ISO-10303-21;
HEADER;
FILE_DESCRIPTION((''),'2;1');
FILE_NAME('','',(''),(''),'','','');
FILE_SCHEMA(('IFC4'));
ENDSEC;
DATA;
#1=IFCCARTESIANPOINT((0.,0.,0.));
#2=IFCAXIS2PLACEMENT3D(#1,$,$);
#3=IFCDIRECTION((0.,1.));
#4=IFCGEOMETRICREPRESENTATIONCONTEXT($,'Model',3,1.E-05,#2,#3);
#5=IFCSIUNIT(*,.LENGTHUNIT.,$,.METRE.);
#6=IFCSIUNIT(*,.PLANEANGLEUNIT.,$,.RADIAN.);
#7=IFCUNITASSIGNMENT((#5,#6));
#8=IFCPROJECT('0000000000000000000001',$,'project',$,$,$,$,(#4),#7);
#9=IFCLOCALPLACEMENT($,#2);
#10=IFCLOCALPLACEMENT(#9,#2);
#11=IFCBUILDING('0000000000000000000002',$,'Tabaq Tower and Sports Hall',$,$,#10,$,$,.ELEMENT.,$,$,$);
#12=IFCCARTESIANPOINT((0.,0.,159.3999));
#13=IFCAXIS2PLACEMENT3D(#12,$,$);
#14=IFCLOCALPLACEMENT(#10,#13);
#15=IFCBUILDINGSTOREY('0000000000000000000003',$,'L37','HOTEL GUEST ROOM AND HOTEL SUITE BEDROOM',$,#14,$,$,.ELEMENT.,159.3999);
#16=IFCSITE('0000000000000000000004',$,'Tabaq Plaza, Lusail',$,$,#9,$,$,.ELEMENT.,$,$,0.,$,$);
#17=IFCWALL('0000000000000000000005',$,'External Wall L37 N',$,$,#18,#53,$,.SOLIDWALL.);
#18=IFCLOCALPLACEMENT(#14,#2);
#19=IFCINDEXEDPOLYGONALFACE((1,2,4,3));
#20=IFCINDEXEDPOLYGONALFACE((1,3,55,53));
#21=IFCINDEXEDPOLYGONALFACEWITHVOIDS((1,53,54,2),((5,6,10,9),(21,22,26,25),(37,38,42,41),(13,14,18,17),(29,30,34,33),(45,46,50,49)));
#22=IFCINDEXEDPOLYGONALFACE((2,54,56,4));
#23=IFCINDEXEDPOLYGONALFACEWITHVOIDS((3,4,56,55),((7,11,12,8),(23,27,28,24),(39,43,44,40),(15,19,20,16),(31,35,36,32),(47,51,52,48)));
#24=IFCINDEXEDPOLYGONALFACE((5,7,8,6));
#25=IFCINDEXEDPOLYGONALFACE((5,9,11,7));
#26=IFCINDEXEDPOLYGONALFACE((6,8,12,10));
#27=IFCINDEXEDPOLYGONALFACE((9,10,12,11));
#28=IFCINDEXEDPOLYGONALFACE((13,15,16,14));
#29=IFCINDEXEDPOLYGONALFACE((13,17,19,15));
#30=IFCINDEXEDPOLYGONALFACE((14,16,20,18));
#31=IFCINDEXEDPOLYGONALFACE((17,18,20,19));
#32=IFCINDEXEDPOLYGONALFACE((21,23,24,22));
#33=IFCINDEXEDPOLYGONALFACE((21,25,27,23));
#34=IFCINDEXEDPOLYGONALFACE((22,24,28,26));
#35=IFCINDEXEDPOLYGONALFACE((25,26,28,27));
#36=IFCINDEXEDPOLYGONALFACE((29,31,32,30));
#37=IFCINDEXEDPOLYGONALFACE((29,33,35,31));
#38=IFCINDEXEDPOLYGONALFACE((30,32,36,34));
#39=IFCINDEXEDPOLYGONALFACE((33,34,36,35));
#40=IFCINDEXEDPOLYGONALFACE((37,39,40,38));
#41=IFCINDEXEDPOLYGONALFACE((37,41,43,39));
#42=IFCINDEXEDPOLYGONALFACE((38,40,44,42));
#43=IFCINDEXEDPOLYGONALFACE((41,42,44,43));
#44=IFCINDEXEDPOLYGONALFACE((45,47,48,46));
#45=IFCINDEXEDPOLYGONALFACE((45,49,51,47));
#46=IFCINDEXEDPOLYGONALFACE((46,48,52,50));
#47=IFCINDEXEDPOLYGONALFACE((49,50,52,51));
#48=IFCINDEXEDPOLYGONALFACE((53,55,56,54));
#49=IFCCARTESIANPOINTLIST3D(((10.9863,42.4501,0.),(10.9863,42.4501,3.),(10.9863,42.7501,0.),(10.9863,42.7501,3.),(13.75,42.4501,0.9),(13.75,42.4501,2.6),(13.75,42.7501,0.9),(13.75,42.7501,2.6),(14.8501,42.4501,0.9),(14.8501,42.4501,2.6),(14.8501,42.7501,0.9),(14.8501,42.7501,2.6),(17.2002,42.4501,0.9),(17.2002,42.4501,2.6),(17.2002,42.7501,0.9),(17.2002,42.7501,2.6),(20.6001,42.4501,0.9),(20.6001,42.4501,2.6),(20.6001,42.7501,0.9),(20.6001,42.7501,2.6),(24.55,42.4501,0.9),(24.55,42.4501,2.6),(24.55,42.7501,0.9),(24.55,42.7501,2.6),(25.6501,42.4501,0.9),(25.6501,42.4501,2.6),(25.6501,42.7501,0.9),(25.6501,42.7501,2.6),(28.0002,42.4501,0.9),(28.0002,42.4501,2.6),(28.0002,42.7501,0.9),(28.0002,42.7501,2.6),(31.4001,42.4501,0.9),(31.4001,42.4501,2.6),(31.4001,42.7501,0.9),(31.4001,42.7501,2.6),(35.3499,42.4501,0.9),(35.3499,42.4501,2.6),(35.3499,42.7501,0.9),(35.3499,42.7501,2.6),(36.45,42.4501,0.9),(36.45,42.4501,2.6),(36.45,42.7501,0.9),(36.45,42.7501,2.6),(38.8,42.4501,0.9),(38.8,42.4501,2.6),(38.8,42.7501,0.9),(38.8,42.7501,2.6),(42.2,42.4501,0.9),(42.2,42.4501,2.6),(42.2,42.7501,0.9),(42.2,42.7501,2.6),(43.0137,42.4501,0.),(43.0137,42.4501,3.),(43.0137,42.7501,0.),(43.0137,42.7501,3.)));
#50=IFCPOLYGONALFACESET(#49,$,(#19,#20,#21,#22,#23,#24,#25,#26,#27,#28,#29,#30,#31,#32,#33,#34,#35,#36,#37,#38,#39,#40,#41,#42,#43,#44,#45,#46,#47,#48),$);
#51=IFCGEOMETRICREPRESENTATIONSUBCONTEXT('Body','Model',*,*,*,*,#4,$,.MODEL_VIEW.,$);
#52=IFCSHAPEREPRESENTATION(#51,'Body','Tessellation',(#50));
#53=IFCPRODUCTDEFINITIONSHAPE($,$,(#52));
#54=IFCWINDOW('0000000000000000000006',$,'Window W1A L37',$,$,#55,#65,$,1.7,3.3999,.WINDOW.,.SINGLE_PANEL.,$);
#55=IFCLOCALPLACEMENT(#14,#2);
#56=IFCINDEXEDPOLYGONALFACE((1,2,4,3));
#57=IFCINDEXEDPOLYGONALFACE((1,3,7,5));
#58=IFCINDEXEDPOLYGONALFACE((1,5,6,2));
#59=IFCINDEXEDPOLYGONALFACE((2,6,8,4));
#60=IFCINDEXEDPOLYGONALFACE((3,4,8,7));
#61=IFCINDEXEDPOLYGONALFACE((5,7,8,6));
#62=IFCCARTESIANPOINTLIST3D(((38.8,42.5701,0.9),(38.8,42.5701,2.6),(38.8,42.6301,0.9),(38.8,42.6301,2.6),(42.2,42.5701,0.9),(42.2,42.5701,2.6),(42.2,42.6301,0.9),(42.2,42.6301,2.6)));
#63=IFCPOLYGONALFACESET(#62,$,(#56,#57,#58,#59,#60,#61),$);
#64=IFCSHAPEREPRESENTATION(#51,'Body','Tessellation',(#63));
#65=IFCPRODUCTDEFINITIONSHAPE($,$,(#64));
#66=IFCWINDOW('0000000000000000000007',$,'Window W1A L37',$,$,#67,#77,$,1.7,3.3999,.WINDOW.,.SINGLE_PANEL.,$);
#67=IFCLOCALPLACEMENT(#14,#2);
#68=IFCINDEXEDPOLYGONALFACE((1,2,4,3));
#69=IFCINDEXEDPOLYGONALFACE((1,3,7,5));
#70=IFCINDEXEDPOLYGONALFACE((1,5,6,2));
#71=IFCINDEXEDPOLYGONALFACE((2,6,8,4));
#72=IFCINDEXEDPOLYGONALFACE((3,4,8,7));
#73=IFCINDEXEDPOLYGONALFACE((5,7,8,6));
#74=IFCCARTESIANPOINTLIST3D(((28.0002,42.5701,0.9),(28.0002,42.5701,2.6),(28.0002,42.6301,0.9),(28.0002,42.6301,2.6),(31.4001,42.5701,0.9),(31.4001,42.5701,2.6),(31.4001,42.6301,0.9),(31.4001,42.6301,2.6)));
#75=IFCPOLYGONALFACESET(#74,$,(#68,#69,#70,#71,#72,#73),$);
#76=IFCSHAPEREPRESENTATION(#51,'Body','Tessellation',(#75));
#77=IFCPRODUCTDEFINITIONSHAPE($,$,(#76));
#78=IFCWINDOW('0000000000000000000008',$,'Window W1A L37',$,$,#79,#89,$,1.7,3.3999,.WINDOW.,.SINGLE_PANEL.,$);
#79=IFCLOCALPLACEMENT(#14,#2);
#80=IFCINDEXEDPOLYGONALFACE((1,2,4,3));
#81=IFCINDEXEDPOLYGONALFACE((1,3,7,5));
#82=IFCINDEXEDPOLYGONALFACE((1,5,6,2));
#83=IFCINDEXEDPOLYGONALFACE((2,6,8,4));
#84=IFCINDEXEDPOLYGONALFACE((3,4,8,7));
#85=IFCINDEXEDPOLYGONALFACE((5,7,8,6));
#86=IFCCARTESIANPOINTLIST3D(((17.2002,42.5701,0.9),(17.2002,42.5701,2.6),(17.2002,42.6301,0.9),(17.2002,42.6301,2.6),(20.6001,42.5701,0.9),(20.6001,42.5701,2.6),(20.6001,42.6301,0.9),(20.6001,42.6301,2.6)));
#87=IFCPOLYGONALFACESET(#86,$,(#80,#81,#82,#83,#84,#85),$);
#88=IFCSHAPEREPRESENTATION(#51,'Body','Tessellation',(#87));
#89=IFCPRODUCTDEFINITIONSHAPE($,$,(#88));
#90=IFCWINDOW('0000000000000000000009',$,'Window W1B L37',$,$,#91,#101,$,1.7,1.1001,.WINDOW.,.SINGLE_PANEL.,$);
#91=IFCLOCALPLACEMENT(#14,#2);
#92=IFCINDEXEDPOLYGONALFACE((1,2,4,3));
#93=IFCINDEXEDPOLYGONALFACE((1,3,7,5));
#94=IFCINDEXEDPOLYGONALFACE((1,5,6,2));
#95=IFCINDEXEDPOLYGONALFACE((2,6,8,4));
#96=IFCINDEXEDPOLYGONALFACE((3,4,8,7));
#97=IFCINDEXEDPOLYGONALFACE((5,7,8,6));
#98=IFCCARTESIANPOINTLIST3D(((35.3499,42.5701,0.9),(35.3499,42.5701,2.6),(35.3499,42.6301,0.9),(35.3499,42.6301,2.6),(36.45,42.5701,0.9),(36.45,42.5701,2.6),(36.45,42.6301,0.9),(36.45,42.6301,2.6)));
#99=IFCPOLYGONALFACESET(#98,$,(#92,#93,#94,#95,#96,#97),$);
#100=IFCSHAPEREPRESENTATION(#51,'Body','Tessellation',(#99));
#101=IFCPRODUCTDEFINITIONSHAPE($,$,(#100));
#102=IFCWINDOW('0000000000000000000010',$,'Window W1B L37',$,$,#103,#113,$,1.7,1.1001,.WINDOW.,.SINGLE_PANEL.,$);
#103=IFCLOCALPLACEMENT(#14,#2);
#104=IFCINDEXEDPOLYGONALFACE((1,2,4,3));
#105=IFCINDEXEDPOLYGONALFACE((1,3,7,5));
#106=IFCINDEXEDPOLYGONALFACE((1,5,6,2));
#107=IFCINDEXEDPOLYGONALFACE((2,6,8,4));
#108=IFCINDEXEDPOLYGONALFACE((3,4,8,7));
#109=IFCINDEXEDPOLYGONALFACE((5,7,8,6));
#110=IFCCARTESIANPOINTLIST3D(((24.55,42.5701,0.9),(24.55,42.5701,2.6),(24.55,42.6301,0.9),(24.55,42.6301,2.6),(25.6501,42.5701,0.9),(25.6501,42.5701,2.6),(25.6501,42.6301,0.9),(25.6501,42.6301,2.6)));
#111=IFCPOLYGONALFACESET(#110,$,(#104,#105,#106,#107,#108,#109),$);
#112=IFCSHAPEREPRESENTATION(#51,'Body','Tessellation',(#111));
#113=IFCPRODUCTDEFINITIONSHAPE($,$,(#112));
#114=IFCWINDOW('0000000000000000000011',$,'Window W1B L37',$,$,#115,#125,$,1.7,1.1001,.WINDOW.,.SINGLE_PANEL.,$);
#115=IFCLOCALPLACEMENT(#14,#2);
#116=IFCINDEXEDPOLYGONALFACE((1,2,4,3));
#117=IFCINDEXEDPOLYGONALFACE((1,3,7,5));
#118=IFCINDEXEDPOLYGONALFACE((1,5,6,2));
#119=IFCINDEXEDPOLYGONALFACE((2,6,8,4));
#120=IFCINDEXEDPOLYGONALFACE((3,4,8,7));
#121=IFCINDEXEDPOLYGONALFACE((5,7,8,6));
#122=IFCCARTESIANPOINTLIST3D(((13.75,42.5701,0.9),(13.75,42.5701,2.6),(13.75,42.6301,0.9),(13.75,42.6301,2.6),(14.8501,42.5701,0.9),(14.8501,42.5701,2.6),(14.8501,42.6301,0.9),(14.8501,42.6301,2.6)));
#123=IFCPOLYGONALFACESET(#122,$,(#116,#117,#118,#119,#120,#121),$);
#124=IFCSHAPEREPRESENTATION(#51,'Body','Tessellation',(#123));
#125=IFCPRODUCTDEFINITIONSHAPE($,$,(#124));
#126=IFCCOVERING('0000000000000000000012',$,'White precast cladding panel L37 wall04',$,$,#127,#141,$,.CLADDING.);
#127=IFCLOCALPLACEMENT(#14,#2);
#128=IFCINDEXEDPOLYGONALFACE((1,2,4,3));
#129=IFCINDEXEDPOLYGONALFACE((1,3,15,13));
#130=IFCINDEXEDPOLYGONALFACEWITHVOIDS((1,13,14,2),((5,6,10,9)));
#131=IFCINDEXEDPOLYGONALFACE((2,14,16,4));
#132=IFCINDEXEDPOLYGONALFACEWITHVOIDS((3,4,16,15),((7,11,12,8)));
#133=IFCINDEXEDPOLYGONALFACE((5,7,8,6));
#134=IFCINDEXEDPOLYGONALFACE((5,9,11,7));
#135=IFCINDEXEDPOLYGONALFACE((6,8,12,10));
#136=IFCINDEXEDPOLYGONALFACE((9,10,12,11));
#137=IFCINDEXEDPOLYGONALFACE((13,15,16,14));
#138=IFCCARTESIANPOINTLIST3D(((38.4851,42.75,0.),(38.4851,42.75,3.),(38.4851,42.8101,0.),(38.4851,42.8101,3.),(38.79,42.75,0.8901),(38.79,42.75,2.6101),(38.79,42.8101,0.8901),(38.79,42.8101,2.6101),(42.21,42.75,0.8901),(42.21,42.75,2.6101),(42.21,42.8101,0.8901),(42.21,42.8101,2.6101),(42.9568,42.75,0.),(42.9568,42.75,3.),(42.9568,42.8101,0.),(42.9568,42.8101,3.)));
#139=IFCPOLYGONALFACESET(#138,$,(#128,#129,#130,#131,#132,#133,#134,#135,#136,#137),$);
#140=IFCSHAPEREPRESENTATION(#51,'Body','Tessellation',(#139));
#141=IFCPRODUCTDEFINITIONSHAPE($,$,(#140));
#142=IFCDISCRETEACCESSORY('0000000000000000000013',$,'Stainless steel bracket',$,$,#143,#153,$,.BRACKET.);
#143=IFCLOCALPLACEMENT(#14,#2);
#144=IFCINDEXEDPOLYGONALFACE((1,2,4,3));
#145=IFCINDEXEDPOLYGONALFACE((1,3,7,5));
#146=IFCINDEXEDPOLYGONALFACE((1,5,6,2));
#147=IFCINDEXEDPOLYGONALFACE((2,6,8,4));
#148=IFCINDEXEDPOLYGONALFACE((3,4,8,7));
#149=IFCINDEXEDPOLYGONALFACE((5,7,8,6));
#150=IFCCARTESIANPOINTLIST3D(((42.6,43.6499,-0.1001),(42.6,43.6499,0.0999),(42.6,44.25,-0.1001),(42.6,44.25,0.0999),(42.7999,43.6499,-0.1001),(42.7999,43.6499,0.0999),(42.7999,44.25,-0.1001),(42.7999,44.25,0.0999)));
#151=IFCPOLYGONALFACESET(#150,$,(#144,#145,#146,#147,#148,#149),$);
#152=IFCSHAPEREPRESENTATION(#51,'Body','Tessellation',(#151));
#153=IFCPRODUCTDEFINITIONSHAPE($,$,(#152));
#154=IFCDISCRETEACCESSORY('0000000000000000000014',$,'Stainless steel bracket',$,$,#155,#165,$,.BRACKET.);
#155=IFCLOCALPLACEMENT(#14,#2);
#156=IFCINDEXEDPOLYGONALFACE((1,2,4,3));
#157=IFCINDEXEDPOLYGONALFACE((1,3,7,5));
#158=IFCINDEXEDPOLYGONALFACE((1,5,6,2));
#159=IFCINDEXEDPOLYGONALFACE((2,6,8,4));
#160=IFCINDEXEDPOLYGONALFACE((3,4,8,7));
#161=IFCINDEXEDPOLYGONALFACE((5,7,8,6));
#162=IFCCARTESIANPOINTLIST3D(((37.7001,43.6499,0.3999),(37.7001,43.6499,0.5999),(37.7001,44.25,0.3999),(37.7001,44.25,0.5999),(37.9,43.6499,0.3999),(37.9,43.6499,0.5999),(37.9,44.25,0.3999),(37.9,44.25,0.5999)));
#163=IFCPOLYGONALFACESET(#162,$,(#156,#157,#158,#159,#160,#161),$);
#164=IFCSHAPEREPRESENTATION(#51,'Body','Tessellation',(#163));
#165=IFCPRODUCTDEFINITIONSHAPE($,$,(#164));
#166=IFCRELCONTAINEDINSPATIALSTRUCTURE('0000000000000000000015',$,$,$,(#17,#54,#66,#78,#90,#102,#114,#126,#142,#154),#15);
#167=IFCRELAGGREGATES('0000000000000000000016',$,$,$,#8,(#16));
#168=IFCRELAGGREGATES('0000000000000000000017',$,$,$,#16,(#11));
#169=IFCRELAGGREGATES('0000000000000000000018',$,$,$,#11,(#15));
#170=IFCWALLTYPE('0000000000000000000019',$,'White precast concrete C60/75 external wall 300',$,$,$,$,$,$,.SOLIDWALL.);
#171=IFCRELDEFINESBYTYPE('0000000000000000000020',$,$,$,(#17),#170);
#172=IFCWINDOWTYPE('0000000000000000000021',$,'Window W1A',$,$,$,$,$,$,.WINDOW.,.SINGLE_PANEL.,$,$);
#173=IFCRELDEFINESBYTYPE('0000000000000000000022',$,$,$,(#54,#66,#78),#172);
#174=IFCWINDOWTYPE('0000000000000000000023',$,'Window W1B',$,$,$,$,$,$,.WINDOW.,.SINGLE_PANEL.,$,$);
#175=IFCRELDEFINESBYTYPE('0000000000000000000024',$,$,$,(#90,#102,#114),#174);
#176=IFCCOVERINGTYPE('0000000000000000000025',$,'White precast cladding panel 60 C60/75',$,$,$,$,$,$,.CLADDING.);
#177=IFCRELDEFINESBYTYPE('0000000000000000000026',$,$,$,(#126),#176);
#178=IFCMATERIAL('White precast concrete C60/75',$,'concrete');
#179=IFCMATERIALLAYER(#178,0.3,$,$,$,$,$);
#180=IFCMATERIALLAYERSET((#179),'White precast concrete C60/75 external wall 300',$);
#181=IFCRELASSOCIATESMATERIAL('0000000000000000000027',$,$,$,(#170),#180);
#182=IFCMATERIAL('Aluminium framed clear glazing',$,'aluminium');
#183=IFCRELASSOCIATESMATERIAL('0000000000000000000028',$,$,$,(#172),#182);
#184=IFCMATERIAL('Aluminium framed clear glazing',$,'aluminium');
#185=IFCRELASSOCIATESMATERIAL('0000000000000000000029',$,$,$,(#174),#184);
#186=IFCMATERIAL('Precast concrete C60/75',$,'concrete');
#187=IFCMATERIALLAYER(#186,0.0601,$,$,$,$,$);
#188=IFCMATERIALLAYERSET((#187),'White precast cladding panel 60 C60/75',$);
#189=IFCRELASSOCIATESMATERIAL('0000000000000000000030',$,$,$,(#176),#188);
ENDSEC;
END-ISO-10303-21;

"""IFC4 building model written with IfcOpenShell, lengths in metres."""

from ifc_helpers import new_model, si_unit, direction, frame, frame_2d, origin, origin_2d, place, context, subcontext, project, spatial, polyline, rectangle, outline, extrude, material, layer, layer_set, type_object, element, fill, save


model = new_model("IFC4")

# Units and contexts
model_context = context("Model", 3, precision=1e-05, world=origin(), true_north=direction((0.0, 1.0)))
body_context = subcontext(model_context, "Body", "Model", "MODEL_VIEW")
ifc_project = project(units=[si_unit("LENGTHUNIT", "METRE"), si_unit("PLANEANGLEUNIT", "RADIAN")], contexts=[model_context])

# Site, building, storey
site_placement = place(None, origin())
site = spatial("IfcSite", under=ifc_project, at=site_placement, Name="Tabaq Plaza, Lusail", CompositionType="ELEMENT", RefElevation=0.0)
building_placement = place(site_placement, origin())
building = spatial("IfcBuilding", under=site, at=building_placement, Name="Tabaq Tower and Sports Hall", CompositionType="ELEMENT")
storey_placement = place(building_placement, frame((0.0, 0.0, 159.3999)))
storey = spatial("IfcBuildingStorey", under=building, at=storey_placement, Name="L37", Description="HOTEL GUEST ROOM AND HOTEL SUITE BEDROOM", CompositionType="ELEMENT", Elevation=159.3999)

# Wall, openings, windows
ifc_material_1 = material(Name="White precast concrete C60/75", Category="concrete")
ifc_layer_1 = layer(ifc_material_1, 0.3)
ifc_layer_set_1 = layer_set([ifc_layer_1], Name="White precast concrete C60/75 external wall 300")
wall_type_1 = type_object("IfcWallType", Name="White precast concrete C60/75 external wall 300", PredefinedType="SOLIDWALL", material=ifc_layer_set_1)
wall_1_placement = place(storey_placement, frame((43.0137, 42.6001, 0.0), z_axis=(0.0, 0.0, 1.0), x_axis=(-1.0, 0.0, 0.0)))
wall_1 = element("IfcWall", 1, at=wall_1_placement, inside=storey, type_object=wall_type_1, Name="External Wall L37 N", PredefinedType="SOLIDWALL", context=body_context, shape_type="SweptSolid", body=[
    extrude(rectangle(XDim=32.0273, YDim=0.3, at=frame_2d((16.0137, 0.0))), origin(), (0.0, 0.0, 1.0), 3.0),
])
opening_1_placement = place(wall_1_placement, frame((0.8137, 0.0, 0.8999)))
opening_1 = element("IfcOpeningElement", 2, at=opening_1_placement, cuts=wall_1, PredefinedType="OPENING", context=body_context, shape_type="SweptSolid", body=[
    extrude(rectangle(XDim=3.3999, YDim=1.7, at=frame_2d((1.7, 0.8501))), frame((0.0, 0.1602, 0.0), z_axis=(0.0, -1.0, 0.0), x_axis=(1.0, 0.0, 0.0)), (0.0, 0.0, 1.0), 0.3201),
])
opening_2_placement = place(wall_1_placement, frame((6.5637, 0.0, 0.8999)))
opening_2 = element("IfcOpeningElement", 3, at=opening_2_placement, cuts=wall_1, PredefinedType="OPENING", context=body_context, shape_type="SweptSolid", body=[
    extrude(rectangle(XDim=1.1001, YDim=1.7, at=frame_2d((0.55, 0.8501))), frame((0.0, 0.1602, 0.0), z_axis=(0.0, -1.0, 0.0), x_axis=(1.0, 0.0, 0.0)), (0.0, 0.0, 1.0), 0.3201),
])
opening_3_placement = place(wall_1_placement, frame((11.6135, 0.0, 0.8999)))
opening_3 = element("IfcOpeningElement", 4, at=opening_3_placement, cuts=wall_1, PredefinedType="OPENING", context=body_context, shape_type="SweptSolid", body=[
    extrude(rectangle(XDim=3.3999, YDim=1.7, at=frame_2d((1.7, 0.8501))), frame((0.0, 0.1602, 0.0), z_axis=(0.0, -1.0, 0.0), x_axis=(1.0, 0.0, 0.0)), (0.0, 0.0, 1.0), 0.3201),
])
opening_4_placement = place(wall_1_placement, frame((17.3635, 0.0, 0.8999)))
opening_4 = element("IfcOpeningElement", 5, at=opening_4_placement, cuts=wall_1, PredefinedType="OPENING", context=body_context, shape_type="SweptSolid", body=[
    extrude(rectangle(XDim=1.1001, YDim=1.7, at=frame_2d((0.55, 0.8501))), frame((0.0, 0.1602, 0.0), z_axis=(0.0, -1.0, 0.0), x_axis=(1.0, 0.0, 0.0)), (0.0, 0.0, 1.0), 0.3201),
])
opening_5_placement = place(wall_1_placement, frame((22.4136, 0.0, 0.8999)))
opening_5 = element("IfcOpeningElement", 6, at=opening_5_placement, cuts=wall_1, PredefinedType="OPENING", context=body_context, shape_type="SweptSolid", body=[
    extrude(rectangle(XDim=3.3999, YDim=1.7, at=frame_2d((1.7, 0.8501))), frame((0.0, 0.1602, 0.0), z_axis=(0.0, -1.0, 0.0), x_axis=(1.0, 0.0, 0.0)), (0.0, 0.0, 1.0), 0.3201),
])
opening_6_placement = place(wall_1_placement, frame((28.1636, 0.0, 0.8999)))
opening_6 = element("IfcOpeningElement", 7, at=opening_6_placement, cuts=wall_1, PredefinedType="OPENING", context=body_context, shape_type="SweptSolid", body=[
    extrude(rectangle(XDim=1.1001, YDim=1.7, at=frame_2d((0.55, 0.8501))), frame((0.0, 0.1602, 0.0), z_axis=(0.0, -1.0, 0.0), x_axis=(1.0, 0.0, 0.0)), (0.0, 0.0, 1.0), 0.3201),
])
ifc_material_2 = material(Name="Aluminium framed clear glazing", Category="aluminium")
window_type_1 = type_object("IfcWindowType", Name="Window W1A", PartitioningType="SINGLE_PANEL", PredefinedType="WINDOW", material=ifc_material_2)
window_1_placement = place(opening_1_placement, origin())
window_1 = element("IfcWindow", 8, at=window_1_placement, inside=storey, type_object=window_type_1, Name="Window W1A L37", OverallHeight=1.7, OverallWidth=3.3999, PartitioningType="SINGLE_PANEL", PredefinedType="WINDOW", context=body_context, shape_type="SweptSolid", body=[
    extrude(rectangle(XDim=3.3999, YDim=1.7, at=frame_2d((1.7, 0.8501))), frame((0.0, 0.03, 0.0), z_axis=(0.0, -1.0, 0.0), x_axis=(1.0, 0.0, 0.0)), (0.0, 0.0, 1.0), 0.0601),
])
fill(opening_1, window_1)
window_2_placement = place(opening_3_placement, origin())
window_2 = element("IfcWindow", 9, at=window_2_placement, inside=storey, type_object=window_type_1, Name="Window W1A L37", OverallHeight=1.7, OverallWidth=3.3999, PartitioningType="SINGLE_PANEL", PredefinedType="WINDOW", context=body_context, shape_type="SweptSolid", body=[
    extrude(rectangle(XDim=3.3999, YDim=1.7, at=frame_2d((1.7, 0.8501))), frame((0.0, 0.03, 0.0), z_axis=(0.0, -1.0, 0.0), x_axis=(1.0, 0.0, 0.0)), (0.0, 0.0, 1.0), 0.0601),
])
fill(opening_3, window_2)
window_3_placement = place(opening_5_placement, origin())
window_3 = element("IfcWindow", 10, at=window_3_placement, inside=storey, type_object=window_type_1, Name="Window W1A L37", OverallHeight=1.7, OverallWidth=3.3999, PartitioningType="SINGLE_PANEL", PredefinedType="WINDOW", context=body_context, shape_type="SweptSolid", body=[
    extrude(rectangle(XDim=3.3999, YDim=1.7, at=frame_2d((1.7, 0.8501))), frame((0.0, 0.03, 0.0), z_axis=(0.0, -1.0, 0.0), x_axis=(1.0, 0.0, 0.0)), (0.0, 0.0, 1.0), 0.0601),
])
fill(opening_5, window_3)
ifc_material_3 = material(Name="Aluminium framed clear glazing", Category="aluminium")
window_type_2 = type_object("IfcWindowType", Name="Window W1B", PartitioningType="SINGLE_PANEL", PredefinedType="WINDOW", material=ifc_material_3)
window_4_placement = place(opening_2_placement, origin())
window_4 = element("IfcWindow", 11, at=window_4_placement, inside=storey, type_object=window_type_2, Name="Window W1B L37", OverallHeight=1.7, OverallWidth=1.1001, PartitioningType="SINGLE_PANEL", PredefinedType="WINDOW", context=body_context, shape_type="SweptSolid", body=[
    extrude(rectangle(XDim=1.1001, YDim=1.7, at=frame_2d((0.55, 0.8501))), frame((0.0, 0.03, 0.0), z_axis=(0.0, -1.0, 0.0), x_axis=(1.0, 0.0, 0.0)), (0.0, 0.0, 1.0), 0.0601),
])
fill(opening_2, window_4)
window_5_placement = place(opening_4_placement, origin())
window_5 = element("IfcWindow", 12, at=window_5_placement, inside=storey, type_object=window_type_2, Name="Window W1B L37", OverallHeight=1.7, OverallWidth=1.1001, PartitioningType="SINGLE_PANEL", PredefinedType="WINDOW", context=body_context, shape_type="SweptSolid", body=[
    extrude(rectangle(XDim=1.1001, YDim=1.7, at=frame_2d((0.55, 0.8501))), frame((0.0, 0.03, 0.0), z_axis=(0.0, -1.0, 0.0), x_axis=(1.0, 0.0, 0.0)), (0.0, 0.0, 1.0), 0.0601),
])
fill(opening_4, window_5)
window_6_placement = place(opening_6_placement, origin())
window_6 = element("IfcWindow", 13, at=window_6_placement, inside=storey, type_object=window_type_2, Name="Window W1B L37", OverallHeight=1.7, OverallWidth=1.1001, PartitioningType="SINGLE_PANEL", PredefinedType="WINDOW", context=body_context, shape_type="SweptSolid", body=[
    extrude(rectangle(XDim=1.1001, YDim=1.7, at=frame_2d((0.55, 0.8501))), frame((0.0, 0.03, 0.0), z_axis=(0.0, -1.0, 0.0), x_axis=(1.0, 0.0, 0.0)), (0.0, 0.0, 1.0), 0.0601),
])
fill(opening_6, window_6)

# Covering
ifc_material_4 = material(Name="Precast concrete C60/75", Category="concrete")
ifc_layer_2 = layer(ifc_material_4, 0.0601)
ifc_layer_set_2 = layer_set([ifc_layer_2], Name="White precast cladding panel 60 C60/75")
covering_type = type_object("IfcCoveringType", Name="White precast cladding panel 60 C60/75", PredefinedType="CLADDING", material=ifc_layer_set_2)
covering_placement = place(storey_placement, frame((42.9568, 42.78, 0.0), z_axis=(0.0, 0.0, 1.0), x_axis=(-1.0, 0.0, 0.0)))
element("IfcCovering", 14, at=covering_placement, inside=storey, type_object=covering_type, Name="White precast cladding panel L37 wall04", PredefinedType="CLADDING", context=body_context, shape_type="SweptSolid", body=[
    extrude(outline(polyline([(0.0, 0.0), (4.4717, 0.0), (4.4717, 3.0), (0.0, 3.0), (0.0, 0.0)]), holes=[polyline([(0.7468, 0.8901), (0.7468, 2.6101), (4.1667, 2.6101), (4.1667, 0.8901), (0.7468, 0.8901)])]), frame((0.0, 0.03, 0.0), z_axis=(0.0, -1.0, 0.0), x_axis=(1.0, 0.0, 0.0)), (0.0, 0.0, 1.0), 0.0601),
])

# Discrete accessories
for number, where, z_axis, x_axis, name in (
    (15, (42.7, 43.95, -0.1001), (0.0, 0.0, 1.0), (0.0, 1.0, 0.0), "Stainless steel bracket"),
    (16, (37.8, 43.95, 0.3999), (0.0, 0.0, 1.0), (0.0, 1.0, 0.0), "Stainless steel bracket"),
):
    element("IfcDiscreteAccessory", number, at=place(storey_placement, frame(where, z_axis=z_axis, x_axis=x_axis)), inside=storey, Name=name, PredefinedType="BRACKET", context=body_context, shape_type="SweptSolid", body=[
        extrude(rectangle(XDim=0.6001, YDim=0.2, at=origin_2d()), origin(), (0.0, 0.0, 1.0), 0.2),
    ])

save(model, "model.ifc")
